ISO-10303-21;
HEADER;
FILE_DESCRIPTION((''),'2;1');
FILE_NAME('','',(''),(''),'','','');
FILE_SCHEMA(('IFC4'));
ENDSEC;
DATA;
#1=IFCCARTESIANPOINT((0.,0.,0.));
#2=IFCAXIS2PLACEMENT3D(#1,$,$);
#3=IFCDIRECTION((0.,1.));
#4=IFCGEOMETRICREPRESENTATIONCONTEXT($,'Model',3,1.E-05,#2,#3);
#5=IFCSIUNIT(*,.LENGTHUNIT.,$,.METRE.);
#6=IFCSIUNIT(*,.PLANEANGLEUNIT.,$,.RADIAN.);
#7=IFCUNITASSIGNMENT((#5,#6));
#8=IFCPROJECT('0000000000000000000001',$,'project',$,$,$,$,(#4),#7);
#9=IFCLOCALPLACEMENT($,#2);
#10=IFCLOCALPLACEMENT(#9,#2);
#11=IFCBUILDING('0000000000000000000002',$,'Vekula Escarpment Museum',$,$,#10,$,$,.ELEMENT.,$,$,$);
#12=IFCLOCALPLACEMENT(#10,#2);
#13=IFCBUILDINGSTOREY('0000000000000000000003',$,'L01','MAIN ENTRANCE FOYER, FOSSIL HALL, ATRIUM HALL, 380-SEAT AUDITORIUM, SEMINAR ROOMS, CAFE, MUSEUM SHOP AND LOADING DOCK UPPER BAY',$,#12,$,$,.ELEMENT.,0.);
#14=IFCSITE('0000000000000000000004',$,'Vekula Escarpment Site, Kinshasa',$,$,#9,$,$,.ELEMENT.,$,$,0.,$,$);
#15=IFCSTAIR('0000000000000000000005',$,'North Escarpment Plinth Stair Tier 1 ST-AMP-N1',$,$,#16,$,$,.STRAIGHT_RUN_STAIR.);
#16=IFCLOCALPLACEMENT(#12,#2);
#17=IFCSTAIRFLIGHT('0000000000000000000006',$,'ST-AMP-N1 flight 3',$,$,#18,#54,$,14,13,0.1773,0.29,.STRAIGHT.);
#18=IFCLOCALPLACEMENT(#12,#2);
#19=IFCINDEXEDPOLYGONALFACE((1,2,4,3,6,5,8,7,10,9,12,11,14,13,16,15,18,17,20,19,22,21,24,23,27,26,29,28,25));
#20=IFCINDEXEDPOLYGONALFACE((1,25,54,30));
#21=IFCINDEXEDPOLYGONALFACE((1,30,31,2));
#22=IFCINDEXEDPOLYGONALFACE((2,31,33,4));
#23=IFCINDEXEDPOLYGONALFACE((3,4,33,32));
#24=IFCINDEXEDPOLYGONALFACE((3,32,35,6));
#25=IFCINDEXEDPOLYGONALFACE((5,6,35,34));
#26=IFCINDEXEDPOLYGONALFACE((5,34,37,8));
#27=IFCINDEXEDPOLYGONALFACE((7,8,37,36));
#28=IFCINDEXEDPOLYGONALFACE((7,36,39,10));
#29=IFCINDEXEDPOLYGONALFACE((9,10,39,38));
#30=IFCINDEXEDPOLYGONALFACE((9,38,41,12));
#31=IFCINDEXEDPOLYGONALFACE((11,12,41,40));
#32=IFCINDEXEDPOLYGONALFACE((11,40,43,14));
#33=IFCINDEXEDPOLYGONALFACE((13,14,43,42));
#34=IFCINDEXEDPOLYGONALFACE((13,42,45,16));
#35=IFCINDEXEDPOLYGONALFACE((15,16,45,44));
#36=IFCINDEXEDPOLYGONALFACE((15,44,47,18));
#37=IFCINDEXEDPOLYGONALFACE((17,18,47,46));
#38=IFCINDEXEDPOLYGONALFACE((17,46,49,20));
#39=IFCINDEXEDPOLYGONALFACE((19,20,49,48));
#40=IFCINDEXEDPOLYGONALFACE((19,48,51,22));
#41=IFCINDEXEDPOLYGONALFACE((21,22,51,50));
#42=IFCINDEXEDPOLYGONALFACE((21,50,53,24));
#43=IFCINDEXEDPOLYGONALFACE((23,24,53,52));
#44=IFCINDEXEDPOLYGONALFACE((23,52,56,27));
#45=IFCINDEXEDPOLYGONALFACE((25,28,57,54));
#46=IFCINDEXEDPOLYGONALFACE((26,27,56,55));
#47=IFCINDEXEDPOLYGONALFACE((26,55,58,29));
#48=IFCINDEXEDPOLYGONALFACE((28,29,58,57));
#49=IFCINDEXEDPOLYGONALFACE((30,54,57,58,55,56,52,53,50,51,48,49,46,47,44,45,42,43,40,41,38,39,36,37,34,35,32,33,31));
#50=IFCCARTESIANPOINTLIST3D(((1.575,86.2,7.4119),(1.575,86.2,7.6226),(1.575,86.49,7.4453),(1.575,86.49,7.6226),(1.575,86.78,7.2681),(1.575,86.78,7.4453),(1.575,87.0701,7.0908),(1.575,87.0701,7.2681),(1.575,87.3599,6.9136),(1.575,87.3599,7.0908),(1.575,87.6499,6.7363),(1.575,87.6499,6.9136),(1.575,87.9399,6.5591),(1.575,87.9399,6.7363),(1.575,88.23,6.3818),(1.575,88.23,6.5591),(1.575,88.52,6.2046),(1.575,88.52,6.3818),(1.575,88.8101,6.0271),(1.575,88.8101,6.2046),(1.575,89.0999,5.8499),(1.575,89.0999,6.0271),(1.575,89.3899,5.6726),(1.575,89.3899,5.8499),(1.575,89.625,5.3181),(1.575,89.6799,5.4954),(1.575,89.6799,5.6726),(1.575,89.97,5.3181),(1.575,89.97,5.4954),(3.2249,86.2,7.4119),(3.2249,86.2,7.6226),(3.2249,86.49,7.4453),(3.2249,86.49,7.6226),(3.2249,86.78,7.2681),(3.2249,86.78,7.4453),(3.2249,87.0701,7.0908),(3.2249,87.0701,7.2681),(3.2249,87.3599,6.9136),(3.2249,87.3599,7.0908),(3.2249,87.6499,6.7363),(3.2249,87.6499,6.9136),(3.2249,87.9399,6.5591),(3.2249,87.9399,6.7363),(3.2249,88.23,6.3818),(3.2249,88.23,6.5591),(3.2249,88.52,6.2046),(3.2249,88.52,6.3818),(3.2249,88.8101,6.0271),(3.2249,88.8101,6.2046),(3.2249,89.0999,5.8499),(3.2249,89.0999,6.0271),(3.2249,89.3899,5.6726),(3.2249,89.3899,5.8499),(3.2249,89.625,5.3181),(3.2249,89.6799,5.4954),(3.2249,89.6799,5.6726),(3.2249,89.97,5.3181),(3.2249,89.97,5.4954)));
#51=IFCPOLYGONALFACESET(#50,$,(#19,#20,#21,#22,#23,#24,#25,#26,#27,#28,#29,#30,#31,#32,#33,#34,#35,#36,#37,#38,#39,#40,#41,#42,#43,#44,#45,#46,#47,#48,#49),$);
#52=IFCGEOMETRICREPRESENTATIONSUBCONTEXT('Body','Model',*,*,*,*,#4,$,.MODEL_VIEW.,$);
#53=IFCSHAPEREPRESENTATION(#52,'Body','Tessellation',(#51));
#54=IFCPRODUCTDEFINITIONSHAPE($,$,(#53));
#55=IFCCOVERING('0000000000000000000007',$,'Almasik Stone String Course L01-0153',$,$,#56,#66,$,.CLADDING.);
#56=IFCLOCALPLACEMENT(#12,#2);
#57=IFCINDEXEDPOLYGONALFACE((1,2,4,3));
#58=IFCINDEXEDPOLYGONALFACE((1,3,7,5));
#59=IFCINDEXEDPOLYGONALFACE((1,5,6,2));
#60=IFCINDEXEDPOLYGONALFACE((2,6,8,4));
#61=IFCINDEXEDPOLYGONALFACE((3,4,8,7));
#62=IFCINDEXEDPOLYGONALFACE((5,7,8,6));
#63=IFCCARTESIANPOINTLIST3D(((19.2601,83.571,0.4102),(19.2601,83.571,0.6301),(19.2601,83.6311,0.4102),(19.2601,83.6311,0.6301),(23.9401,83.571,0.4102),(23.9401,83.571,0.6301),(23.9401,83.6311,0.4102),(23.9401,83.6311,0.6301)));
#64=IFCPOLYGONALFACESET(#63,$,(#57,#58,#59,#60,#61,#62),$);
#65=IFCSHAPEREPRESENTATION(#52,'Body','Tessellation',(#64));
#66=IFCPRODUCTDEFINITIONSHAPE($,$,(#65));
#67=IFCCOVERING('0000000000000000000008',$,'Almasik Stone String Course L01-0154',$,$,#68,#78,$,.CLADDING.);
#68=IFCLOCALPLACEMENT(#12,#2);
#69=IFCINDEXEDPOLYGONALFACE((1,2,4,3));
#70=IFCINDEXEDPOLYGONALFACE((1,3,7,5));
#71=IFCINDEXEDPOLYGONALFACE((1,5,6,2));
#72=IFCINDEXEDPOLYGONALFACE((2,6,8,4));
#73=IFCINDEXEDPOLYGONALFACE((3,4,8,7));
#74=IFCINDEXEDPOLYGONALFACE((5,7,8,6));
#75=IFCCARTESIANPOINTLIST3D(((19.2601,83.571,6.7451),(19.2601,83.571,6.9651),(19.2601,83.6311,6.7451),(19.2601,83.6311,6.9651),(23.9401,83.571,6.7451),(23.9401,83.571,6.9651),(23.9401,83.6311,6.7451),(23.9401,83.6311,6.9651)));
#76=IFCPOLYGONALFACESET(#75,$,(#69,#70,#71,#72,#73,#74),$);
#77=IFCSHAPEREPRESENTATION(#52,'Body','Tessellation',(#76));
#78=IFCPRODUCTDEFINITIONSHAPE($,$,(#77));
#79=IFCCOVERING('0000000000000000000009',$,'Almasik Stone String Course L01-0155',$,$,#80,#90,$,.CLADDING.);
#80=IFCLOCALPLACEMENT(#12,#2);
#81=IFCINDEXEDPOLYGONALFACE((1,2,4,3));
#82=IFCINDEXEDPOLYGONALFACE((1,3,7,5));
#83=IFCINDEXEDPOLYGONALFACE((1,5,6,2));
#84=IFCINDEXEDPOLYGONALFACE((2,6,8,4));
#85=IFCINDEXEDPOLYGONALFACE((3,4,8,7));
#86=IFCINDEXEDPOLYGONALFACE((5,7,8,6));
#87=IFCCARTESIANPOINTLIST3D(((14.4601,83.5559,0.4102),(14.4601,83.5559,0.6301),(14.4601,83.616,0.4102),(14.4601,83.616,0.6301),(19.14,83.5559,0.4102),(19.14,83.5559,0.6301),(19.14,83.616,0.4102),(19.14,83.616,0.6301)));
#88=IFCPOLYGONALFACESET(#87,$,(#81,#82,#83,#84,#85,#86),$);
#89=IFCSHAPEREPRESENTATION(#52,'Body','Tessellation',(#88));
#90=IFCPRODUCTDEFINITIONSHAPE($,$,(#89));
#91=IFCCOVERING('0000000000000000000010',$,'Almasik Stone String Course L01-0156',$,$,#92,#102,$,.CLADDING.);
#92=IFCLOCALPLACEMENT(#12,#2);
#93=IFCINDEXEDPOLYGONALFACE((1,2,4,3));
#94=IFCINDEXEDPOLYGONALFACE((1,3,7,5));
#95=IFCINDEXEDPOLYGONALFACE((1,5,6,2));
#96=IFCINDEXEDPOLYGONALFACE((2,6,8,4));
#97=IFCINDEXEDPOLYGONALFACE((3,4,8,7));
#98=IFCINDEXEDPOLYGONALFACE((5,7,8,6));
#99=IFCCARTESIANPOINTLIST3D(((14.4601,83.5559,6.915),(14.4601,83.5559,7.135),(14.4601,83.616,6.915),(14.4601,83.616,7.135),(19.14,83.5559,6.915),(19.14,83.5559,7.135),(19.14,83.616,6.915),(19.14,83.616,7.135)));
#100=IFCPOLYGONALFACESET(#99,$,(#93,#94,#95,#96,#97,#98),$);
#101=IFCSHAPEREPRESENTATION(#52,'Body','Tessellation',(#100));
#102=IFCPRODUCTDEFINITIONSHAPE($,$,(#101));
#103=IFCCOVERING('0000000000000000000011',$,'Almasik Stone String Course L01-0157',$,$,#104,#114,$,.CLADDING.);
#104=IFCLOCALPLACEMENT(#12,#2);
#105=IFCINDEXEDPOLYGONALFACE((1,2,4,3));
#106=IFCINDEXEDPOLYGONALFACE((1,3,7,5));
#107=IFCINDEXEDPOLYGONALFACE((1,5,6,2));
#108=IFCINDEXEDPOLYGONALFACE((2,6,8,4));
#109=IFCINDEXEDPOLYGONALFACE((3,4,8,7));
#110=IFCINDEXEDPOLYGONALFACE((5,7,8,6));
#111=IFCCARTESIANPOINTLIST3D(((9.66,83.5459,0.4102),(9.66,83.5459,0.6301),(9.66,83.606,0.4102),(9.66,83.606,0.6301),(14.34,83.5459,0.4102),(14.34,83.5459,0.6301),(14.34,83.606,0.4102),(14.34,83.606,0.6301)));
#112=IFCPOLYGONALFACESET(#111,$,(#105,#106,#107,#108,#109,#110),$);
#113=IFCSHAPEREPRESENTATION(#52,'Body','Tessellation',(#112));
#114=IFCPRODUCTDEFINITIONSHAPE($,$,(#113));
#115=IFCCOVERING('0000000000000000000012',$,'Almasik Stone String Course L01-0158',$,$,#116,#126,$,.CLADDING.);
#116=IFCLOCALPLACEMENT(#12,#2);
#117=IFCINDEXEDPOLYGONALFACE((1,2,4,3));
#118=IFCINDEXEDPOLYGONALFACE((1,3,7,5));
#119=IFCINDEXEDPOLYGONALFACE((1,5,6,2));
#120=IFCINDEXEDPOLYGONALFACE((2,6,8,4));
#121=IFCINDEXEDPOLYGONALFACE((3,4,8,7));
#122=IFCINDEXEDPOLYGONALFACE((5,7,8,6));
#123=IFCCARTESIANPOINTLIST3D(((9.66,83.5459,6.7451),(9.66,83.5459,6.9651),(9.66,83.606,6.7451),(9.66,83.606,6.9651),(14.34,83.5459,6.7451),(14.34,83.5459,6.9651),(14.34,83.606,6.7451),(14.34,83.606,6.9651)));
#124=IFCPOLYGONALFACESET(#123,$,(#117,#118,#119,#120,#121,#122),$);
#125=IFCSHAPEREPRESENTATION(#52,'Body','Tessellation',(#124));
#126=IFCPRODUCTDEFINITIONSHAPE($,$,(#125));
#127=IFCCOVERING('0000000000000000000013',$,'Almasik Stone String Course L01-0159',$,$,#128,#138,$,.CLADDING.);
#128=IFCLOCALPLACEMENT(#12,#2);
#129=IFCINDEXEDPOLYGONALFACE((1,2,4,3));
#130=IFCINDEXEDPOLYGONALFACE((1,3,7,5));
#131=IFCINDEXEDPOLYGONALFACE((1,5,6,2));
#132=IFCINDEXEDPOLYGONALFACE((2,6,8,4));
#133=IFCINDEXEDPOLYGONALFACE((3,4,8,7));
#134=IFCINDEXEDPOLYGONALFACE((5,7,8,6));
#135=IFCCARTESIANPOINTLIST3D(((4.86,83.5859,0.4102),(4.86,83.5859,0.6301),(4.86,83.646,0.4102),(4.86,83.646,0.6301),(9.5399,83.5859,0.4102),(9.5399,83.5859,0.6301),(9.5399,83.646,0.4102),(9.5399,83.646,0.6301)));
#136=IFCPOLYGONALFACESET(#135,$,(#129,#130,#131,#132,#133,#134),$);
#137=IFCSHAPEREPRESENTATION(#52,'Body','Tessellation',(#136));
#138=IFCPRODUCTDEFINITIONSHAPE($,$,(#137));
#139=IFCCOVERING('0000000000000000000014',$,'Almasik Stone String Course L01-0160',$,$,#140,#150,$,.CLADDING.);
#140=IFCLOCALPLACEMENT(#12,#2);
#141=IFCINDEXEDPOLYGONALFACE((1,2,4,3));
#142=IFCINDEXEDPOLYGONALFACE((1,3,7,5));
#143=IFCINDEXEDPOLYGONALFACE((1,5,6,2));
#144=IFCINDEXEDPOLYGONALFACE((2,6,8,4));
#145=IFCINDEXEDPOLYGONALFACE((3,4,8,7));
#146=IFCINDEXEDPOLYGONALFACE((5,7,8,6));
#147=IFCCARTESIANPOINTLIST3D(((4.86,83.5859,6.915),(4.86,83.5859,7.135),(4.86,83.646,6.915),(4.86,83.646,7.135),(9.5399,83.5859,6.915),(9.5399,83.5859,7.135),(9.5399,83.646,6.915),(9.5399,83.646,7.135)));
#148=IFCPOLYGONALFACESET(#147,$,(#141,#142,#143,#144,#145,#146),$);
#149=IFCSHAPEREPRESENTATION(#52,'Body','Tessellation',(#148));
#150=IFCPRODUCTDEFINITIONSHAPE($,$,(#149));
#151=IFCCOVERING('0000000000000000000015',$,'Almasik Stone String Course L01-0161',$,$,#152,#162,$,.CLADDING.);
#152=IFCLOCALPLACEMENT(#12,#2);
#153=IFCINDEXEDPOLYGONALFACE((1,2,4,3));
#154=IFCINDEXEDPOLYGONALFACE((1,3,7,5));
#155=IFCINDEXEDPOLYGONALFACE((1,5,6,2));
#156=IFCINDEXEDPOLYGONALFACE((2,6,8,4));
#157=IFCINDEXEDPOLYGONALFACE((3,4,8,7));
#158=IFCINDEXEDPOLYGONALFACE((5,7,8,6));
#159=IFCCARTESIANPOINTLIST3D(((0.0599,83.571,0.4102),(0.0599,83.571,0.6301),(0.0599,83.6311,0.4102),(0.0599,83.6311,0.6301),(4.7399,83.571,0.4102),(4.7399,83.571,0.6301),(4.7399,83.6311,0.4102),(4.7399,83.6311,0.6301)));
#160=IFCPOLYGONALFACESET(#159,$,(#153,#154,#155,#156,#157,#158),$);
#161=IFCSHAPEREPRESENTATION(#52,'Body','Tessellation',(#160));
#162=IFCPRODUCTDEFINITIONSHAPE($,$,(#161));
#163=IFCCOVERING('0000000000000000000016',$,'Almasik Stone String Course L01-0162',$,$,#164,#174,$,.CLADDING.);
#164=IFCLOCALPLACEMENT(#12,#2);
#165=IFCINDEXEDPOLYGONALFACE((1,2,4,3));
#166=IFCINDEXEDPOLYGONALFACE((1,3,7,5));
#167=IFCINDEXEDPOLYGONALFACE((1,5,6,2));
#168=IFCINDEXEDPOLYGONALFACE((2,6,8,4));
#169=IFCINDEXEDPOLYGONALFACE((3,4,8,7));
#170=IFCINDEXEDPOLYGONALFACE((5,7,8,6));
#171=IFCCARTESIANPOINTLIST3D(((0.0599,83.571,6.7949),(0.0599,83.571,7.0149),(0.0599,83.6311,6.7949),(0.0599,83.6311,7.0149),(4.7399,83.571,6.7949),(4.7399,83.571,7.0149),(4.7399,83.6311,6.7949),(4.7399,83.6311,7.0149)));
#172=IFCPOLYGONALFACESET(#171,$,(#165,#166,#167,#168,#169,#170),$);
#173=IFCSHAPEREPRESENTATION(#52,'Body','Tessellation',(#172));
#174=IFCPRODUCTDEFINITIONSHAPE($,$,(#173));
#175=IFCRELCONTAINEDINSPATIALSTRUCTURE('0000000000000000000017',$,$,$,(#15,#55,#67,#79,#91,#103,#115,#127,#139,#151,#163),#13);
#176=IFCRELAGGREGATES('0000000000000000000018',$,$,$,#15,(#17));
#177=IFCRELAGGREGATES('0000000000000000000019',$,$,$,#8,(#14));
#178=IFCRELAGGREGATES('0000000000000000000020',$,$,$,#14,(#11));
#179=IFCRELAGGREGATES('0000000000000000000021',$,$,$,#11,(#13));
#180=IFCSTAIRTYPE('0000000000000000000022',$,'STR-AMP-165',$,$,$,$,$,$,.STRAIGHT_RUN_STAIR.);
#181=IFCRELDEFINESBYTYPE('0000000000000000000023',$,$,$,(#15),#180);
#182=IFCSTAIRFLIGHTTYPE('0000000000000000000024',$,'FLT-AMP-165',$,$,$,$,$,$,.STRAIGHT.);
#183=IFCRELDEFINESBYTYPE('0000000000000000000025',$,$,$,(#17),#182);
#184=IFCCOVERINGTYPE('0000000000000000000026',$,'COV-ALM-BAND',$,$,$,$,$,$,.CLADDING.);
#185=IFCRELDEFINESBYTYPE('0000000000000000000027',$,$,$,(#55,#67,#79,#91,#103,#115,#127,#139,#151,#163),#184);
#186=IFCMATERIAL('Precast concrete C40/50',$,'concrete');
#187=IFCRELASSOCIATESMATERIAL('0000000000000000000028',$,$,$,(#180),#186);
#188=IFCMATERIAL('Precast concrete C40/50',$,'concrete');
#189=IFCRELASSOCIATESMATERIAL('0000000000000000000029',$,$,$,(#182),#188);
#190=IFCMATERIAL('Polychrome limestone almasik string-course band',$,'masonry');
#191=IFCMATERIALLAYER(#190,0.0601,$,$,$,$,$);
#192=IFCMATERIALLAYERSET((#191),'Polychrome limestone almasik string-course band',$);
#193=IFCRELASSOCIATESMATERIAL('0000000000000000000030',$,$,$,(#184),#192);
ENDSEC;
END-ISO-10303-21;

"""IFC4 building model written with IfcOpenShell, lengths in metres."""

from ifc_helpers import new_model, si_unit, direction, frame, origin, origin_2d, place, context, subcontext, project, spatial, polyline, rectangle, outline, extrude, material, layer, layer_set, type_object, element, aggregate, save


model = new_model("IFC4")

# Units and contexts
model_context = context("Model", 3, precision=1e-05, world=origin(), true_north=direction((0.0, 1.0)))
body_context = subcontext(model_context, "Body", "Model", "MODEL_VIEW")
ifc_project = project(units=[si_unit("LENGTHUNIT", "METRE"), si_unit("PLANEANGLEUNIT", "RADIAN")], contexts=[model_context])

# Site, building, storey
site_placement = place(None, origin())
site = spatial("IfcSite", under=ifc_project, at=site_placement, Name="Vekula Escarpment Site, Kinshasa", CompositionType="ELEMENT", RefElevation=0.0)
building_placement = place(site_placement, origin())
building = spatial("IfcBuilding", under=site, at=building_placement, Name="Vekula Escarpment Museum", CompositionType="ELEMENT")
storey_placement = place(building_placement, origin())
storey = spatial("IfcBuildingStorey", under=building, at=storey_placement, Name="L01", Description="MAIN ENTRANCE FOYER, FOSSIL HALL, ATRIUM HALL, 380-SEAT AUDITORIUM, SEMINAR ROOMS, CAFE, MUSEUM SHOP AND LOADING DOCK UPPER BAY", CompositionType="ELEMENT", Elevation=0.0)

# Stair, stair flight
ifc_material_1 = material(Name="Precast concrete C40/50", Category="concrete")
stair_type = type_object("IfcStairType", Name="STR-AMP-165", PredefinedType="STRAIGHT_RUN_STAIR", material=ifc_material_1)
stair_placement = place(storey_placement, origin())
stair = element("IfcStair", 1, at=stair_placement, inside=storey, type_object=stair_type, Name="North Escarpment Plinth Stair Tier 1 ST-AMP-N1", PredefinedType="STRAIGHT_RUN_STAIR")
ifc_material_2 = material(Name="Precast concrete C40/50", Category="concrete")
stair_flight_type = type_object("IfcStairFlightType", Name="FLT-AMP-165", PredefinedType="STRAIGHT", material=ifc_material_2)
stair_flight_placement = place(storey_placement, frame((2.3999, 89.97, 5.3181), z_axis=(0.0, 0.0, 1.0), x_axis=(0.0, -1.0, 0.0)))
stair_flight = element("IfcStairFlight", 2, at=stair_flight_placement, type_object=stair_flight_type, Name="ST-AMP-N1 flight 3", NumberOfRisers=14, NumberOfTreads=13, PredefinedType="STRAIGHT", RiserHeight=0.1773, TreadLength=0.29, context=body_context, shape_type="SweptSolid", body=[
    extrude(outline(polyline([(0.0, 0.0), (0.0, 0.1772), (0.29, 0.1772), (0.29, 0.3545), (0.5801, 0.3545), (0.5801, 0.5317), (0.8701, 0.5317), (0.8701, 0.709), (1.1599, 0.709), (1.1599, 0.8865), (1.45, 0.8865), (1.45, 1.0637), (1.74, 1.0637), (1.74, 1.241), (2.03, 1.241), (2.03, 1.4182), (2.3201, 1.4182), (2.3201, 1.5955), (2.6101, 1.5955), (2.6101, 1.7727), (2.8999, 1.7727), (2.8999, 1.95), (3.1899, 1.95), (3.1899, 2.1272), (3.48, 2.1272), (3.48, 2.3044), (3.77, 2.3044), (3.77, 2.4819), (3.77, 2.0938), (0.345, 0.0), (0.0, 0.0)])), frame((0.0, 0.825, 0.0), z_axis=(0.0, -1.0, 0.0), x_axis=(1.0, 0.0, 0.0)), (0.0, 0.0, 1.0), 1.6499),
])
aggregate(stair, [stair_flight])

# Coverings
ifc_material_3 = material(Name="Polychrome limestone almasik string-course band", Category="masonry")
ifc_layer_1 = layer(ifc_material_3, 0.0601)
ifc_layer_set_1 = layer_set([ifc_layer_1], Name="Polychrome limestone almasik string-course band")
covering_type = type_object("IfcCoveringType", Name="COV-ALM-BAND", PredefinedType="CLADDING", material=ifc_layer_set_1)
for number, where, z_axis, x_axis, name in (
    (3, (21.6001, 83.6011, 0.4102), (0.0, 0.0, 1.0), (1.0, 0.0, 0.0), "Almasik Stone String Course L01-0153"),
    (4, (21.6001, 83.6011, 6.7451), (0.0, 0.0, 1.0), (1.0, 0.0, 0.0), "Almasik Stone String Course L01-0154"),
    (5, (16.8, 83.5859, 0.4102), (0.0, 0.0, 1.0), (1.0, 0.0, 0.0), "Almasik Stone String Course L01-0155"),
    (6, (16.8, 83.5859, 6.915), (0.0, 0.0, 1.0), (1.0, 0.0, 0.0), "Almasik Stone String Course L01-0156"),
    (7, (12.0, 83.5759, 0.4102), (0.0, 0.0, 1.0), (1.0, 0.0, 0.0), "Almasik Stone String Course L01-0157"),
    (8, (12.0, 83.5759, 6.7451), (0.0, 0.0, 1.0), (1.0, 0.0, 0.0), "Almasik Stone String Course L01-0158"),
    (9, (7.2, 83.616, 0.4102), (0.0, 0.0, 1.0), (1.0, 0.0, 0.0), "Almasik Stone String Course L01-0159"),
    (10, (7.2, 83.616, 6.915), (0.0, 0.0, 1.0), (1.0, 0.0, 0.0), "Almasik Stone String Course L01-0160"),
    (11, (2.3999, 83.6011, 0.4102), (0.0, 0.0, 1.0), (1.0, 0.0, 0.0), "Almasik Stone String Course L01-0161"),
    (12, (2.3999, 83.6011, 6.7949), (0.0, 0.0, 1.0), (1.0, 0.0, 0.0), "Almasik Stone String Course L01-0162"),
):
    element("IfcCovering", number, at=place(storey_placement, frame(where, z_axis=z_axis, x_axis=x_axis)), inside=storey, type_object=covering_type, Name=name, PredefinedType="CLADDING", context=body_context, shape_type="SweptSolid", body=[
        extrude(rectangle(XDim=4.6799, YDim=0.0601, at=origin_2d()), origin(), (0.0, 0.0, 1.0), 0.22),
    ])

save(model, "model.ifc")
